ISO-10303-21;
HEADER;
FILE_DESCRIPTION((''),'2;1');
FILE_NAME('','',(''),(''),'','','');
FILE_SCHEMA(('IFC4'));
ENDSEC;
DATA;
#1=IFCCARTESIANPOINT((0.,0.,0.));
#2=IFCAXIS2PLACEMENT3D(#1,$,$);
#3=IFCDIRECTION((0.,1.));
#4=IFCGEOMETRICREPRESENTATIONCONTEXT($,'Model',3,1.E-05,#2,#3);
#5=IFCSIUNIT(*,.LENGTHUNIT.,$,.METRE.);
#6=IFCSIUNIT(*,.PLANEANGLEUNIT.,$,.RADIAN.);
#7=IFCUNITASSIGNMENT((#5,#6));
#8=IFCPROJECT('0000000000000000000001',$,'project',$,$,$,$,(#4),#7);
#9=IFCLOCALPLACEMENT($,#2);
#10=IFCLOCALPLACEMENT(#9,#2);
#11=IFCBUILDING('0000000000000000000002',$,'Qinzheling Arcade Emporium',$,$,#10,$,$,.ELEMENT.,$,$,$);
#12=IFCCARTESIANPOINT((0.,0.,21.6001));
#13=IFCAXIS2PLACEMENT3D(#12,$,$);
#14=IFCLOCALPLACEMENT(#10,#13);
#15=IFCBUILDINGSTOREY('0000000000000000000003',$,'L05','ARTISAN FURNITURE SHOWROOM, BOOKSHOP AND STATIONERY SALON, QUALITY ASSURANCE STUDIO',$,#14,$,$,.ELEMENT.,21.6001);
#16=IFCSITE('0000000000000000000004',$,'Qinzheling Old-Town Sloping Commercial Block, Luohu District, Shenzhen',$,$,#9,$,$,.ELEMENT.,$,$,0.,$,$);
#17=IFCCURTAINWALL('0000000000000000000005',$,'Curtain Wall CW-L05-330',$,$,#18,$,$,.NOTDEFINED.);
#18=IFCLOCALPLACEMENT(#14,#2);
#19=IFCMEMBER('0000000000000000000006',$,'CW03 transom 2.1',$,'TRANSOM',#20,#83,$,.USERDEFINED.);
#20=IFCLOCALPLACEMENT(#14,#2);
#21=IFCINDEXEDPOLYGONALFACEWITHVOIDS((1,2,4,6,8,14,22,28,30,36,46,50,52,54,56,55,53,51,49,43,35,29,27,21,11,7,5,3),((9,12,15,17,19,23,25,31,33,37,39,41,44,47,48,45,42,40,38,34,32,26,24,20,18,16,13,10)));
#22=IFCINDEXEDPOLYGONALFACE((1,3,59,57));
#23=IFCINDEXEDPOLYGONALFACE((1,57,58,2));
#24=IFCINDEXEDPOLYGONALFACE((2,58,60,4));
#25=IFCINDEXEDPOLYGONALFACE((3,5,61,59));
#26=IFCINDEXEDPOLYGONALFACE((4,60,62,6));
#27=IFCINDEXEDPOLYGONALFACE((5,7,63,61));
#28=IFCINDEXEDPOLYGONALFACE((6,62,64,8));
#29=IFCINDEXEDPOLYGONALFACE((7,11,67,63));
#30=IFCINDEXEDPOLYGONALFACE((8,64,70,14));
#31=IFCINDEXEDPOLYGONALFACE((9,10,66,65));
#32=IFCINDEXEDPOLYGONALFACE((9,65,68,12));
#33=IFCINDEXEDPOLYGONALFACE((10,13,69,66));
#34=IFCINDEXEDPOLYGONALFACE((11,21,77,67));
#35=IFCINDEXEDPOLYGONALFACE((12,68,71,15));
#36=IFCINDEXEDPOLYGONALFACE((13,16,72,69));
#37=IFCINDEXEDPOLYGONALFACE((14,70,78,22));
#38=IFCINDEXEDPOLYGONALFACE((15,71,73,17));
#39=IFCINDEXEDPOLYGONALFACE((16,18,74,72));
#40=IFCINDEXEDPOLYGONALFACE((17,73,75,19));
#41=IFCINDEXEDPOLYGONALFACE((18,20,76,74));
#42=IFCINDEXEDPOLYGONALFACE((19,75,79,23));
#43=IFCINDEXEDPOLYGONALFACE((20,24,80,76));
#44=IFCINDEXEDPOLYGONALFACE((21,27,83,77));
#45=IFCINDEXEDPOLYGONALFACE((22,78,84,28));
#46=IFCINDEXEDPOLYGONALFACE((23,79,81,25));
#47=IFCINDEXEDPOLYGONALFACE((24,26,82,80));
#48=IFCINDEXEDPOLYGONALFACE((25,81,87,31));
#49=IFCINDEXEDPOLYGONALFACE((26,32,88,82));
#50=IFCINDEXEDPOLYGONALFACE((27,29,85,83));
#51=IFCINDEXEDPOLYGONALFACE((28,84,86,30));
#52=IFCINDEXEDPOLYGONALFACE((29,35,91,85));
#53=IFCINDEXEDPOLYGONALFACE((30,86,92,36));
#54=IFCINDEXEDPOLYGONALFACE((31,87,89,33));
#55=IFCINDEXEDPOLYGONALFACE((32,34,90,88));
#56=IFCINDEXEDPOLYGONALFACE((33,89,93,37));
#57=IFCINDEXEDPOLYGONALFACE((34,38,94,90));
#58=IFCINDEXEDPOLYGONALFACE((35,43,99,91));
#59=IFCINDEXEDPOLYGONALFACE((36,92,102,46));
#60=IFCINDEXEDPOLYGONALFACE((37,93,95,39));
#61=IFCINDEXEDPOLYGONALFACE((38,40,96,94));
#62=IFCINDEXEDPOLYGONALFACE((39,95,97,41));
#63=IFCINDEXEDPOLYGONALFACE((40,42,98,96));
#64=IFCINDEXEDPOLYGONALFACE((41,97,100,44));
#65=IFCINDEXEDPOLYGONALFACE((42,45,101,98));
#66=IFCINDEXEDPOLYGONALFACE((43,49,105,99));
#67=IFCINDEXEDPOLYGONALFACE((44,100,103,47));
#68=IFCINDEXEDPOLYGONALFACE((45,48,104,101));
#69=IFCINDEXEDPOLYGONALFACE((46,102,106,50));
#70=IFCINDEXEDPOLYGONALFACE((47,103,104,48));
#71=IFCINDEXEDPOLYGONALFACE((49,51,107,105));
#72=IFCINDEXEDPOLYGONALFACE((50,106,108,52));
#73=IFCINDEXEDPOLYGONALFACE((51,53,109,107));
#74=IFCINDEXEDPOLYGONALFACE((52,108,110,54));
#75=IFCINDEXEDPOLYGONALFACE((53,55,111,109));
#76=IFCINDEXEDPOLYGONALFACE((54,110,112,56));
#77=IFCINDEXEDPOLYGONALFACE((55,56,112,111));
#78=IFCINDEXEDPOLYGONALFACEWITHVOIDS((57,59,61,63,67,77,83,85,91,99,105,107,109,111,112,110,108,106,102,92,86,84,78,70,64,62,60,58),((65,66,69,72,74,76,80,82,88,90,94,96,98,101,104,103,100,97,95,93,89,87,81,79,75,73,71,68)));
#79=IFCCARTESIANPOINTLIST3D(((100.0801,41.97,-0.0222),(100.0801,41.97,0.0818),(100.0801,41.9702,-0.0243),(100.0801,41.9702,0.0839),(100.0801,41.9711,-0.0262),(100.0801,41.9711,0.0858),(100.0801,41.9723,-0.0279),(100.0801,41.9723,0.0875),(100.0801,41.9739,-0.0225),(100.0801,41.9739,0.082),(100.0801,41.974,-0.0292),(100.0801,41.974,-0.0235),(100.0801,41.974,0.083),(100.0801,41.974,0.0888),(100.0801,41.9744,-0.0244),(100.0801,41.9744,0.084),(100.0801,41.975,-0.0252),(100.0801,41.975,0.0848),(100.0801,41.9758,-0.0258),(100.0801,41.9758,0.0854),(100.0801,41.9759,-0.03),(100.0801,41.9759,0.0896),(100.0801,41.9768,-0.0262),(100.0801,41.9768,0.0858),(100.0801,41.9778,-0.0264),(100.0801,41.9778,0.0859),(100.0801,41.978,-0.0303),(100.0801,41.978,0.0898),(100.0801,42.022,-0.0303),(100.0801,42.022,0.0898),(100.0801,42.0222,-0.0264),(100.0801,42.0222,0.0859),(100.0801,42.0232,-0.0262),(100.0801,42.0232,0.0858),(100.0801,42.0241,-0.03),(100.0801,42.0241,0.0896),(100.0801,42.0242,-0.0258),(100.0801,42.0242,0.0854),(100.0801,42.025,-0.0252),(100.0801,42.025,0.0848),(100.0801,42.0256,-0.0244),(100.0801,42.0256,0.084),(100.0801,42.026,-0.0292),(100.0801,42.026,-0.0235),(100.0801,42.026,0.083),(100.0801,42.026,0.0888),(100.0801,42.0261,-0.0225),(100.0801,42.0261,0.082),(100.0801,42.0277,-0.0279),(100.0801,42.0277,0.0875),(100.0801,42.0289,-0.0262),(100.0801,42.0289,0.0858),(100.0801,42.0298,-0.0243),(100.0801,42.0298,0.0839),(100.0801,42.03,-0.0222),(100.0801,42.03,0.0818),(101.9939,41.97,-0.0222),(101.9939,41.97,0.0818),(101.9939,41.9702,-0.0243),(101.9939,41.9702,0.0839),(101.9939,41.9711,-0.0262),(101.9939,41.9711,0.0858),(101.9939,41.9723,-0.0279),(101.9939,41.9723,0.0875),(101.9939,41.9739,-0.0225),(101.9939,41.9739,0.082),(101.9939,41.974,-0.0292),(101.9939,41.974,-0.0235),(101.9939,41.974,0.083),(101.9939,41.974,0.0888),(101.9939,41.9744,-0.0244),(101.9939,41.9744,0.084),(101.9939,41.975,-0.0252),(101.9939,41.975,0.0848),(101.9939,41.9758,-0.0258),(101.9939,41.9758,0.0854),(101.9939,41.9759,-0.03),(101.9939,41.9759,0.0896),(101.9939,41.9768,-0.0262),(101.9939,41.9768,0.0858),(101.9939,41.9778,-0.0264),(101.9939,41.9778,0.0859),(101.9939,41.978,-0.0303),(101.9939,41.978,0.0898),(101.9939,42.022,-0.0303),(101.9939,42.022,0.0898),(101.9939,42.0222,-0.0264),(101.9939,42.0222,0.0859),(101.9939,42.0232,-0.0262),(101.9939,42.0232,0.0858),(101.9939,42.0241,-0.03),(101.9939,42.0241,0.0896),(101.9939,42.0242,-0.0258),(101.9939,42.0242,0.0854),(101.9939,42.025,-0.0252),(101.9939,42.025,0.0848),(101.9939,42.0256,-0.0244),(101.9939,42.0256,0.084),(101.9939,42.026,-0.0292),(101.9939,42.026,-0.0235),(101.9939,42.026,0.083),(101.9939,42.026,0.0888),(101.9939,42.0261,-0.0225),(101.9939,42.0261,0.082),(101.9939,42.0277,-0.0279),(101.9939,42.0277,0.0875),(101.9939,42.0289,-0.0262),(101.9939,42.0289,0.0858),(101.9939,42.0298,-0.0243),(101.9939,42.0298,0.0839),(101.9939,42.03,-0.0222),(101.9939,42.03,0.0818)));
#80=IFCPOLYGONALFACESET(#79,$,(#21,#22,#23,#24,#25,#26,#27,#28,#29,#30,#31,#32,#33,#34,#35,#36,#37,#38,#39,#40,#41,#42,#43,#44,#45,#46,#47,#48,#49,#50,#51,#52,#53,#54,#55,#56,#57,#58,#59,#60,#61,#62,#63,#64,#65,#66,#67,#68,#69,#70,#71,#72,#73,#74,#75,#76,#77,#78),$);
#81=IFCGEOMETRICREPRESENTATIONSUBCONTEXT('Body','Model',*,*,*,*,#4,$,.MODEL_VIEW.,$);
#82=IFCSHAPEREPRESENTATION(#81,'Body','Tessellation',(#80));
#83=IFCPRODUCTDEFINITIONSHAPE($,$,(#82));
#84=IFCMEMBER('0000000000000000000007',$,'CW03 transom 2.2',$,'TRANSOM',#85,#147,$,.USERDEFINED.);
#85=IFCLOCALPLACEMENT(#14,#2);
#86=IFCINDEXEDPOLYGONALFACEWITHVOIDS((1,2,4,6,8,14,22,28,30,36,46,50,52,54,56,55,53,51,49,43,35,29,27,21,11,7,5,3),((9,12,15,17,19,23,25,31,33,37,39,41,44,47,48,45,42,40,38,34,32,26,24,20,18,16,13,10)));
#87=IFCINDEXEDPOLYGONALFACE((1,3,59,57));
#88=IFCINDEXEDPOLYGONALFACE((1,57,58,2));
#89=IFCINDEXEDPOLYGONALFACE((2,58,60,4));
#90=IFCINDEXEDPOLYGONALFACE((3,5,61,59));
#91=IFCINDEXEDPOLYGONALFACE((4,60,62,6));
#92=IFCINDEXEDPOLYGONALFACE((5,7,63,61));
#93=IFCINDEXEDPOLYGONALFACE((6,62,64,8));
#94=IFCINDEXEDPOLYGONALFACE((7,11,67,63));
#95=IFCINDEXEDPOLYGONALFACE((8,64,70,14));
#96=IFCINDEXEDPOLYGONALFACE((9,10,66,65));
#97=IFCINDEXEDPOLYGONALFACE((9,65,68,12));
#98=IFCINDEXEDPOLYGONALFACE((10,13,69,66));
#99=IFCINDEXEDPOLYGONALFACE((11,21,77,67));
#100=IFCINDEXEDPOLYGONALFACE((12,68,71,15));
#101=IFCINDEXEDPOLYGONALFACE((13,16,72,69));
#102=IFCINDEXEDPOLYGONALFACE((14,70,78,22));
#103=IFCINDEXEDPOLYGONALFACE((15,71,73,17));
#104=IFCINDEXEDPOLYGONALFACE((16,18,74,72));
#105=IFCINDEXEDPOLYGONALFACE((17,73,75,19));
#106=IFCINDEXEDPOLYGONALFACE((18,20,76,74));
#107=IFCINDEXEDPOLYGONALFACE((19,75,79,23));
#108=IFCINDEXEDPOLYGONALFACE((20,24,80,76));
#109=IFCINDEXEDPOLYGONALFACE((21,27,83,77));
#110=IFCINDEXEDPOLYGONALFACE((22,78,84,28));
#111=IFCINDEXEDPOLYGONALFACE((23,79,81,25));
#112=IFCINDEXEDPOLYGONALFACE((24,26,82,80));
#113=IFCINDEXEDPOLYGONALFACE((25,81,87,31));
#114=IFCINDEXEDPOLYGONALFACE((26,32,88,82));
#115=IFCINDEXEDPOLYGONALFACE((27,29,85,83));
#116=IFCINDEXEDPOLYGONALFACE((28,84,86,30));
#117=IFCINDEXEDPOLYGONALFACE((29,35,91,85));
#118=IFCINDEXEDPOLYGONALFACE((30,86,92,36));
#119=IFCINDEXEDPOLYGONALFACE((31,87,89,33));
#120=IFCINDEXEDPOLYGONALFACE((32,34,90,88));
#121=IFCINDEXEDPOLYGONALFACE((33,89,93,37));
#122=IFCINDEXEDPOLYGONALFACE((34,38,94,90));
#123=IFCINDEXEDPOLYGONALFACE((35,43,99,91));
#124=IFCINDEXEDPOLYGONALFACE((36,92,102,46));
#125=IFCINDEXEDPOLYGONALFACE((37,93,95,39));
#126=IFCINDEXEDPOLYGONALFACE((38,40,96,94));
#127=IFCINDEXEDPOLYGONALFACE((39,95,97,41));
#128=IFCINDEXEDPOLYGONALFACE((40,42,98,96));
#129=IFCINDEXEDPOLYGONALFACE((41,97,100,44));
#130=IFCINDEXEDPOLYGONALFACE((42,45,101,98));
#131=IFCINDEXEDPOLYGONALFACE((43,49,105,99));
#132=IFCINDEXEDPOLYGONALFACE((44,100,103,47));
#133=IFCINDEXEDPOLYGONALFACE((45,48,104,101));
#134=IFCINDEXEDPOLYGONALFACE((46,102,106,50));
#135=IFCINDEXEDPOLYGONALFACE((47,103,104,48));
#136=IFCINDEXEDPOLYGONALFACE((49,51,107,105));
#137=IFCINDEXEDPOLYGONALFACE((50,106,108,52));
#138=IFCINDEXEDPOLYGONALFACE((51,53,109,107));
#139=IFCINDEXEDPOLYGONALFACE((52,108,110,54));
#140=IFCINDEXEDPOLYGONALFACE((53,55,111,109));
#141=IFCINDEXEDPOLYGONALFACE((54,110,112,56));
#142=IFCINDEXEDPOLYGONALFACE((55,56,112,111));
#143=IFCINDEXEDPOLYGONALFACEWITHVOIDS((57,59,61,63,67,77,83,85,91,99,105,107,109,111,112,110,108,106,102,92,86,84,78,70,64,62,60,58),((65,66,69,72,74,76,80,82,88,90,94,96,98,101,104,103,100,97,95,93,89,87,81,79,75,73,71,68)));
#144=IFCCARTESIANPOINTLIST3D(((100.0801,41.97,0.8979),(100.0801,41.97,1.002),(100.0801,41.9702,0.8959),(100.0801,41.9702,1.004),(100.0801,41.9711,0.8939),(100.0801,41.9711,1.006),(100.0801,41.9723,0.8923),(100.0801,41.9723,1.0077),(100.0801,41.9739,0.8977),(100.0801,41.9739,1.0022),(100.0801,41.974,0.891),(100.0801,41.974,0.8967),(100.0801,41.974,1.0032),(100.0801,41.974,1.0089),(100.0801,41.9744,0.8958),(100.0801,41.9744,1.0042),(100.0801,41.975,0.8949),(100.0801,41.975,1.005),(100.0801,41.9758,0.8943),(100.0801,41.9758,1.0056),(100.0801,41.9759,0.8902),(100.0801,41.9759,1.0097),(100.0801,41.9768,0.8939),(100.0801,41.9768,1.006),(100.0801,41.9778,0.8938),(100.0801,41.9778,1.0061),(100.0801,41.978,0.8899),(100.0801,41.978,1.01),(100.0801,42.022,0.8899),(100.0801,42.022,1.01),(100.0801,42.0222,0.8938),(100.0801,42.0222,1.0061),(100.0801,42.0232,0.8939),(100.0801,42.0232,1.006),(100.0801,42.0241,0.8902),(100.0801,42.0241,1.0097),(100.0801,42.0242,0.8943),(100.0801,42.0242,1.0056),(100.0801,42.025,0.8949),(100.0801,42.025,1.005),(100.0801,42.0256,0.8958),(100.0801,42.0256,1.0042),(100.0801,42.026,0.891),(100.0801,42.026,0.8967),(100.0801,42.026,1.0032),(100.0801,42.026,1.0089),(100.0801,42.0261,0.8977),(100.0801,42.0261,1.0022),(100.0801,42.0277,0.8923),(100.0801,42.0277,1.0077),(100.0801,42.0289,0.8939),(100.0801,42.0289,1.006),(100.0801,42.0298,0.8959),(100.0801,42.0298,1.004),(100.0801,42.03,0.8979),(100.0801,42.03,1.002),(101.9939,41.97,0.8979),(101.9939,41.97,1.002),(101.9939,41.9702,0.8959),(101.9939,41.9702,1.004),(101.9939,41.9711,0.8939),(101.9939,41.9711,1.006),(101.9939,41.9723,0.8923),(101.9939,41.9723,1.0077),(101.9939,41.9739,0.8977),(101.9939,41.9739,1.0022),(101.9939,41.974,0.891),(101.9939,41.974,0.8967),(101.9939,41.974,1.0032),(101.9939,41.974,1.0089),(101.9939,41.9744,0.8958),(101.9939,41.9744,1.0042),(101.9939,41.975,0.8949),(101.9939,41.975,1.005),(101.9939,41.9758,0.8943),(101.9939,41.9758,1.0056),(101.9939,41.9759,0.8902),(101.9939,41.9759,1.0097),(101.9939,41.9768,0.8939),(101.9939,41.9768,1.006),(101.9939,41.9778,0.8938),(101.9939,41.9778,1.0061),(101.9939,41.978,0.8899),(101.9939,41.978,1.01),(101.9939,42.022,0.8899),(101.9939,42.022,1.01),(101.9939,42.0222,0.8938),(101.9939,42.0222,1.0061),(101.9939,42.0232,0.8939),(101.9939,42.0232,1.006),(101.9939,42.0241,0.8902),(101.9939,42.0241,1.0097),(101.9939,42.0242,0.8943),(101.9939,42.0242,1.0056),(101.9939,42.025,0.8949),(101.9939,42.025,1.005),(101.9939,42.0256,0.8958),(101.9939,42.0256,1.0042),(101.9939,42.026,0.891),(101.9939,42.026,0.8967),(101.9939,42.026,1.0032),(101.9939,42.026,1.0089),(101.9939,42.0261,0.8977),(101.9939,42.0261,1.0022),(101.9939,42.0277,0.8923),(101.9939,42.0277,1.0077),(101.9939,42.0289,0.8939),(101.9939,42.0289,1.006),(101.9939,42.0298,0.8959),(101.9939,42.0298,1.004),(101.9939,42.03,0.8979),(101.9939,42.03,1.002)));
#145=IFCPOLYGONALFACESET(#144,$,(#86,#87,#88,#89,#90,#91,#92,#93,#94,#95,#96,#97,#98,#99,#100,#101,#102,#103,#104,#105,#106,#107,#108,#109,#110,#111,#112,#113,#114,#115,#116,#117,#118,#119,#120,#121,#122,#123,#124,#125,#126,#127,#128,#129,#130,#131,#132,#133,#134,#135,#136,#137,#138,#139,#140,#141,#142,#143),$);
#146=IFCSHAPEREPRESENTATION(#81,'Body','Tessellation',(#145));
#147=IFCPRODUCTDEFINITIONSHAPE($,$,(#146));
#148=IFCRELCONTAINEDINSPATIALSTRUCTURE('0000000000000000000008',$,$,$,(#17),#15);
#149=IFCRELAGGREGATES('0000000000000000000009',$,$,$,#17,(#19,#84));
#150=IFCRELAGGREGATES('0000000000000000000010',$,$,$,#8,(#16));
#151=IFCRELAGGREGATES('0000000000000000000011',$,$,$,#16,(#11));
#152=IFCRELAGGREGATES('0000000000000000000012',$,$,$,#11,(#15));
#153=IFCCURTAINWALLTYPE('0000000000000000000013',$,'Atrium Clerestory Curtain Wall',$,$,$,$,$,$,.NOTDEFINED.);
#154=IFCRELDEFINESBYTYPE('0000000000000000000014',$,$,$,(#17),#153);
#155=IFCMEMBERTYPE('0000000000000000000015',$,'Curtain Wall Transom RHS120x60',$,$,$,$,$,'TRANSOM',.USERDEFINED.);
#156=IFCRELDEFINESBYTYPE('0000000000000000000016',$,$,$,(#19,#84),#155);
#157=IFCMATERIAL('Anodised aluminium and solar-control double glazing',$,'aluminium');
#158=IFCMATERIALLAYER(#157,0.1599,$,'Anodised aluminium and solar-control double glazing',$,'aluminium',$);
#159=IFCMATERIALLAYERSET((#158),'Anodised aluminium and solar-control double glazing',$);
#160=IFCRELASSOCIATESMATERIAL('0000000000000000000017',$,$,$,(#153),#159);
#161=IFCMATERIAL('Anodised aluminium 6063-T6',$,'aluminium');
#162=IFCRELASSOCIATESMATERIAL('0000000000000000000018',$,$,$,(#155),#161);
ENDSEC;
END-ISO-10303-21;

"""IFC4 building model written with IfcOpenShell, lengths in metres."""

from ifc_helpers import new_model, si_unit, direction, frame, origin, origin_2d, place, context, subcontext, project, spatial, hollow_rectangle, extrude, material, layer, layer_set, material_profile, profile_set, type_object, element, aggregate, save


model = new_model("IFC4")

# Units and contexts
model_context = context("Model", 3, precision=1e-05, world=origin(), true_north=direction((0.0, 1.0)))
body_context = subcontext(model_context, "Body", "Model", "MODEL_VIEW")
ifc_project = project(units=[si_unit("LENGTHUNIT", "METRE"), si_unit("PLANEANGLEUNIT", "RADIAN")], contexts=[model_context])

# Site, building, storey
site_placement = place(None, origin())
site = spatial("IfcSite", under=ifc_project, at=site_placement, Name="Qinzheling Old-Town Sloping Commercial Block, Luohu District, Shenzhen", CompositionType="ELEMENT", RefElevation=0.0)
building_placement = place(site_placement, origin())
building = spatial("IfcBuilding", under=site, at=building_placement, Name="Qinzheling Arcade Emporium", CompositionType="ELEMENT")
storey_placement = place(building_placement, frame((0.0, 0.0, 21.6001)))
storey = spatial("IfcBuildingStorey", under=building, at=storey_placement, Name="L05", Description="ARTISAN FURNITURE SHOWROOM, BOOKSHOP AND STATIONERY SALON, QUALITY ASSURANCE STUDIO", CompositionType="ELEMENT", Elevation=21.6001)

# Shared definitions
ifc_material_1 = material(Name="Anodised aluminium and solar-control double glazing", Category="aluminium")
ifc_material_2 = material(Name="Anodised aluminium 6063-T6", Category="aluminium")

# Curtain wall
ifc_layer_1 = layer(ifc_material_1, 0.1599, Name="Anodised aluminium and solar-control double glazing", Category="aluminium")
ifc_layer_set_1 = layer_set([ifc_layer_1], Name="Anodised aluminium and solar-control double glazing")
curtain_wall_type_1 = type_object("IfcCurtainWallType", Name="Atrium Clerestory Curtain Wall", PredefinedType="NOTDEFINED", material=ifc_layer_set_1)
curtain_wall_1_placement = place(storey_placement, origin())
curtain_wall_1 = element("IfcCurtainWall", 1, at=curtain_wall_1_placement, inside=storey, type_object=curtain_wall_type_1, Name="Curtain Wall CW-L05-330", PredefinedType="NOTDEFINED")

# Members
ifc_material_profile_1 = material_profile(ifc_material_2, hollow_rectangle(XDim=0.0601, YDim=0.1201, WallThickness=0.0039, InnerFilletRadius=0.0039, OuterFilletRadius=0.0081, at=origin_2d()), Name="RHS 120x60x4", Category="aluminium")
ifc_profile_set_1 = profile_set([ifc_material_profile_1], Name="Anodised aluminium 6063-T6")
member_type_1 = type_object("IfcMemberType", Name="Curtain Wall Transom RHS120x60", ElementType="TRANSOM", PredefinedType="USERDEFINED", material=ifc_profile_set_1)
member_1_placement = place(storey_placement, frame((101.9939, 42.0, 0.0298), z_axis=(-1.0, 0.0, 0.0), x_axis=(0.0, -1.0, 0.0)))
member_1 = element("IfcMember", 2, at=member_1_placement, type_object=member_type_1, Name="CW03 transom 2.1", ObjectType="TRANSOM", PredefinedType="USERDEFINED", context=body_context, shape_type="SweptSolid", body=[
    extrude(hollow_rectangle(XDim=0.0601, YDim=0.1201, WallThickness=0.0039, InnerFilletRadius=0.0039, OuterFilletRadius=0.0081, at=origin_2d()), origin(), (0.0, 0.0, 1.0), 1.9138),
])
member_2_placement = place(storey_placement, frame((101.9939, 42.0, 0.95), z_axis=(-1.0, 0.0, 0.0), x_axis=(0.0, -1.0, 0.0)))
member_2 = element("IfcMember", 3, at=member_2_placement, type_object=member_type_1, Name="CW03 transom 2.2", ObjectType="TRANSOM", PredefinedType="USERDEFINED", context=body_context, shape_type="SweptSolid", body=[
    extrude(hollow_rectangle(XDim=0.0601, YDim=0.1201, WallThickness=0.0039, InnerFilletRadius=0.0039, OuterFilletRadius=0.0081, at=origin_2d()), origin(), (0.0, 0.0, 1.0), 1.9138),
])

aggregate(curtain_wall_1, [member_1, member_2])

save(model, "model.ifc")
